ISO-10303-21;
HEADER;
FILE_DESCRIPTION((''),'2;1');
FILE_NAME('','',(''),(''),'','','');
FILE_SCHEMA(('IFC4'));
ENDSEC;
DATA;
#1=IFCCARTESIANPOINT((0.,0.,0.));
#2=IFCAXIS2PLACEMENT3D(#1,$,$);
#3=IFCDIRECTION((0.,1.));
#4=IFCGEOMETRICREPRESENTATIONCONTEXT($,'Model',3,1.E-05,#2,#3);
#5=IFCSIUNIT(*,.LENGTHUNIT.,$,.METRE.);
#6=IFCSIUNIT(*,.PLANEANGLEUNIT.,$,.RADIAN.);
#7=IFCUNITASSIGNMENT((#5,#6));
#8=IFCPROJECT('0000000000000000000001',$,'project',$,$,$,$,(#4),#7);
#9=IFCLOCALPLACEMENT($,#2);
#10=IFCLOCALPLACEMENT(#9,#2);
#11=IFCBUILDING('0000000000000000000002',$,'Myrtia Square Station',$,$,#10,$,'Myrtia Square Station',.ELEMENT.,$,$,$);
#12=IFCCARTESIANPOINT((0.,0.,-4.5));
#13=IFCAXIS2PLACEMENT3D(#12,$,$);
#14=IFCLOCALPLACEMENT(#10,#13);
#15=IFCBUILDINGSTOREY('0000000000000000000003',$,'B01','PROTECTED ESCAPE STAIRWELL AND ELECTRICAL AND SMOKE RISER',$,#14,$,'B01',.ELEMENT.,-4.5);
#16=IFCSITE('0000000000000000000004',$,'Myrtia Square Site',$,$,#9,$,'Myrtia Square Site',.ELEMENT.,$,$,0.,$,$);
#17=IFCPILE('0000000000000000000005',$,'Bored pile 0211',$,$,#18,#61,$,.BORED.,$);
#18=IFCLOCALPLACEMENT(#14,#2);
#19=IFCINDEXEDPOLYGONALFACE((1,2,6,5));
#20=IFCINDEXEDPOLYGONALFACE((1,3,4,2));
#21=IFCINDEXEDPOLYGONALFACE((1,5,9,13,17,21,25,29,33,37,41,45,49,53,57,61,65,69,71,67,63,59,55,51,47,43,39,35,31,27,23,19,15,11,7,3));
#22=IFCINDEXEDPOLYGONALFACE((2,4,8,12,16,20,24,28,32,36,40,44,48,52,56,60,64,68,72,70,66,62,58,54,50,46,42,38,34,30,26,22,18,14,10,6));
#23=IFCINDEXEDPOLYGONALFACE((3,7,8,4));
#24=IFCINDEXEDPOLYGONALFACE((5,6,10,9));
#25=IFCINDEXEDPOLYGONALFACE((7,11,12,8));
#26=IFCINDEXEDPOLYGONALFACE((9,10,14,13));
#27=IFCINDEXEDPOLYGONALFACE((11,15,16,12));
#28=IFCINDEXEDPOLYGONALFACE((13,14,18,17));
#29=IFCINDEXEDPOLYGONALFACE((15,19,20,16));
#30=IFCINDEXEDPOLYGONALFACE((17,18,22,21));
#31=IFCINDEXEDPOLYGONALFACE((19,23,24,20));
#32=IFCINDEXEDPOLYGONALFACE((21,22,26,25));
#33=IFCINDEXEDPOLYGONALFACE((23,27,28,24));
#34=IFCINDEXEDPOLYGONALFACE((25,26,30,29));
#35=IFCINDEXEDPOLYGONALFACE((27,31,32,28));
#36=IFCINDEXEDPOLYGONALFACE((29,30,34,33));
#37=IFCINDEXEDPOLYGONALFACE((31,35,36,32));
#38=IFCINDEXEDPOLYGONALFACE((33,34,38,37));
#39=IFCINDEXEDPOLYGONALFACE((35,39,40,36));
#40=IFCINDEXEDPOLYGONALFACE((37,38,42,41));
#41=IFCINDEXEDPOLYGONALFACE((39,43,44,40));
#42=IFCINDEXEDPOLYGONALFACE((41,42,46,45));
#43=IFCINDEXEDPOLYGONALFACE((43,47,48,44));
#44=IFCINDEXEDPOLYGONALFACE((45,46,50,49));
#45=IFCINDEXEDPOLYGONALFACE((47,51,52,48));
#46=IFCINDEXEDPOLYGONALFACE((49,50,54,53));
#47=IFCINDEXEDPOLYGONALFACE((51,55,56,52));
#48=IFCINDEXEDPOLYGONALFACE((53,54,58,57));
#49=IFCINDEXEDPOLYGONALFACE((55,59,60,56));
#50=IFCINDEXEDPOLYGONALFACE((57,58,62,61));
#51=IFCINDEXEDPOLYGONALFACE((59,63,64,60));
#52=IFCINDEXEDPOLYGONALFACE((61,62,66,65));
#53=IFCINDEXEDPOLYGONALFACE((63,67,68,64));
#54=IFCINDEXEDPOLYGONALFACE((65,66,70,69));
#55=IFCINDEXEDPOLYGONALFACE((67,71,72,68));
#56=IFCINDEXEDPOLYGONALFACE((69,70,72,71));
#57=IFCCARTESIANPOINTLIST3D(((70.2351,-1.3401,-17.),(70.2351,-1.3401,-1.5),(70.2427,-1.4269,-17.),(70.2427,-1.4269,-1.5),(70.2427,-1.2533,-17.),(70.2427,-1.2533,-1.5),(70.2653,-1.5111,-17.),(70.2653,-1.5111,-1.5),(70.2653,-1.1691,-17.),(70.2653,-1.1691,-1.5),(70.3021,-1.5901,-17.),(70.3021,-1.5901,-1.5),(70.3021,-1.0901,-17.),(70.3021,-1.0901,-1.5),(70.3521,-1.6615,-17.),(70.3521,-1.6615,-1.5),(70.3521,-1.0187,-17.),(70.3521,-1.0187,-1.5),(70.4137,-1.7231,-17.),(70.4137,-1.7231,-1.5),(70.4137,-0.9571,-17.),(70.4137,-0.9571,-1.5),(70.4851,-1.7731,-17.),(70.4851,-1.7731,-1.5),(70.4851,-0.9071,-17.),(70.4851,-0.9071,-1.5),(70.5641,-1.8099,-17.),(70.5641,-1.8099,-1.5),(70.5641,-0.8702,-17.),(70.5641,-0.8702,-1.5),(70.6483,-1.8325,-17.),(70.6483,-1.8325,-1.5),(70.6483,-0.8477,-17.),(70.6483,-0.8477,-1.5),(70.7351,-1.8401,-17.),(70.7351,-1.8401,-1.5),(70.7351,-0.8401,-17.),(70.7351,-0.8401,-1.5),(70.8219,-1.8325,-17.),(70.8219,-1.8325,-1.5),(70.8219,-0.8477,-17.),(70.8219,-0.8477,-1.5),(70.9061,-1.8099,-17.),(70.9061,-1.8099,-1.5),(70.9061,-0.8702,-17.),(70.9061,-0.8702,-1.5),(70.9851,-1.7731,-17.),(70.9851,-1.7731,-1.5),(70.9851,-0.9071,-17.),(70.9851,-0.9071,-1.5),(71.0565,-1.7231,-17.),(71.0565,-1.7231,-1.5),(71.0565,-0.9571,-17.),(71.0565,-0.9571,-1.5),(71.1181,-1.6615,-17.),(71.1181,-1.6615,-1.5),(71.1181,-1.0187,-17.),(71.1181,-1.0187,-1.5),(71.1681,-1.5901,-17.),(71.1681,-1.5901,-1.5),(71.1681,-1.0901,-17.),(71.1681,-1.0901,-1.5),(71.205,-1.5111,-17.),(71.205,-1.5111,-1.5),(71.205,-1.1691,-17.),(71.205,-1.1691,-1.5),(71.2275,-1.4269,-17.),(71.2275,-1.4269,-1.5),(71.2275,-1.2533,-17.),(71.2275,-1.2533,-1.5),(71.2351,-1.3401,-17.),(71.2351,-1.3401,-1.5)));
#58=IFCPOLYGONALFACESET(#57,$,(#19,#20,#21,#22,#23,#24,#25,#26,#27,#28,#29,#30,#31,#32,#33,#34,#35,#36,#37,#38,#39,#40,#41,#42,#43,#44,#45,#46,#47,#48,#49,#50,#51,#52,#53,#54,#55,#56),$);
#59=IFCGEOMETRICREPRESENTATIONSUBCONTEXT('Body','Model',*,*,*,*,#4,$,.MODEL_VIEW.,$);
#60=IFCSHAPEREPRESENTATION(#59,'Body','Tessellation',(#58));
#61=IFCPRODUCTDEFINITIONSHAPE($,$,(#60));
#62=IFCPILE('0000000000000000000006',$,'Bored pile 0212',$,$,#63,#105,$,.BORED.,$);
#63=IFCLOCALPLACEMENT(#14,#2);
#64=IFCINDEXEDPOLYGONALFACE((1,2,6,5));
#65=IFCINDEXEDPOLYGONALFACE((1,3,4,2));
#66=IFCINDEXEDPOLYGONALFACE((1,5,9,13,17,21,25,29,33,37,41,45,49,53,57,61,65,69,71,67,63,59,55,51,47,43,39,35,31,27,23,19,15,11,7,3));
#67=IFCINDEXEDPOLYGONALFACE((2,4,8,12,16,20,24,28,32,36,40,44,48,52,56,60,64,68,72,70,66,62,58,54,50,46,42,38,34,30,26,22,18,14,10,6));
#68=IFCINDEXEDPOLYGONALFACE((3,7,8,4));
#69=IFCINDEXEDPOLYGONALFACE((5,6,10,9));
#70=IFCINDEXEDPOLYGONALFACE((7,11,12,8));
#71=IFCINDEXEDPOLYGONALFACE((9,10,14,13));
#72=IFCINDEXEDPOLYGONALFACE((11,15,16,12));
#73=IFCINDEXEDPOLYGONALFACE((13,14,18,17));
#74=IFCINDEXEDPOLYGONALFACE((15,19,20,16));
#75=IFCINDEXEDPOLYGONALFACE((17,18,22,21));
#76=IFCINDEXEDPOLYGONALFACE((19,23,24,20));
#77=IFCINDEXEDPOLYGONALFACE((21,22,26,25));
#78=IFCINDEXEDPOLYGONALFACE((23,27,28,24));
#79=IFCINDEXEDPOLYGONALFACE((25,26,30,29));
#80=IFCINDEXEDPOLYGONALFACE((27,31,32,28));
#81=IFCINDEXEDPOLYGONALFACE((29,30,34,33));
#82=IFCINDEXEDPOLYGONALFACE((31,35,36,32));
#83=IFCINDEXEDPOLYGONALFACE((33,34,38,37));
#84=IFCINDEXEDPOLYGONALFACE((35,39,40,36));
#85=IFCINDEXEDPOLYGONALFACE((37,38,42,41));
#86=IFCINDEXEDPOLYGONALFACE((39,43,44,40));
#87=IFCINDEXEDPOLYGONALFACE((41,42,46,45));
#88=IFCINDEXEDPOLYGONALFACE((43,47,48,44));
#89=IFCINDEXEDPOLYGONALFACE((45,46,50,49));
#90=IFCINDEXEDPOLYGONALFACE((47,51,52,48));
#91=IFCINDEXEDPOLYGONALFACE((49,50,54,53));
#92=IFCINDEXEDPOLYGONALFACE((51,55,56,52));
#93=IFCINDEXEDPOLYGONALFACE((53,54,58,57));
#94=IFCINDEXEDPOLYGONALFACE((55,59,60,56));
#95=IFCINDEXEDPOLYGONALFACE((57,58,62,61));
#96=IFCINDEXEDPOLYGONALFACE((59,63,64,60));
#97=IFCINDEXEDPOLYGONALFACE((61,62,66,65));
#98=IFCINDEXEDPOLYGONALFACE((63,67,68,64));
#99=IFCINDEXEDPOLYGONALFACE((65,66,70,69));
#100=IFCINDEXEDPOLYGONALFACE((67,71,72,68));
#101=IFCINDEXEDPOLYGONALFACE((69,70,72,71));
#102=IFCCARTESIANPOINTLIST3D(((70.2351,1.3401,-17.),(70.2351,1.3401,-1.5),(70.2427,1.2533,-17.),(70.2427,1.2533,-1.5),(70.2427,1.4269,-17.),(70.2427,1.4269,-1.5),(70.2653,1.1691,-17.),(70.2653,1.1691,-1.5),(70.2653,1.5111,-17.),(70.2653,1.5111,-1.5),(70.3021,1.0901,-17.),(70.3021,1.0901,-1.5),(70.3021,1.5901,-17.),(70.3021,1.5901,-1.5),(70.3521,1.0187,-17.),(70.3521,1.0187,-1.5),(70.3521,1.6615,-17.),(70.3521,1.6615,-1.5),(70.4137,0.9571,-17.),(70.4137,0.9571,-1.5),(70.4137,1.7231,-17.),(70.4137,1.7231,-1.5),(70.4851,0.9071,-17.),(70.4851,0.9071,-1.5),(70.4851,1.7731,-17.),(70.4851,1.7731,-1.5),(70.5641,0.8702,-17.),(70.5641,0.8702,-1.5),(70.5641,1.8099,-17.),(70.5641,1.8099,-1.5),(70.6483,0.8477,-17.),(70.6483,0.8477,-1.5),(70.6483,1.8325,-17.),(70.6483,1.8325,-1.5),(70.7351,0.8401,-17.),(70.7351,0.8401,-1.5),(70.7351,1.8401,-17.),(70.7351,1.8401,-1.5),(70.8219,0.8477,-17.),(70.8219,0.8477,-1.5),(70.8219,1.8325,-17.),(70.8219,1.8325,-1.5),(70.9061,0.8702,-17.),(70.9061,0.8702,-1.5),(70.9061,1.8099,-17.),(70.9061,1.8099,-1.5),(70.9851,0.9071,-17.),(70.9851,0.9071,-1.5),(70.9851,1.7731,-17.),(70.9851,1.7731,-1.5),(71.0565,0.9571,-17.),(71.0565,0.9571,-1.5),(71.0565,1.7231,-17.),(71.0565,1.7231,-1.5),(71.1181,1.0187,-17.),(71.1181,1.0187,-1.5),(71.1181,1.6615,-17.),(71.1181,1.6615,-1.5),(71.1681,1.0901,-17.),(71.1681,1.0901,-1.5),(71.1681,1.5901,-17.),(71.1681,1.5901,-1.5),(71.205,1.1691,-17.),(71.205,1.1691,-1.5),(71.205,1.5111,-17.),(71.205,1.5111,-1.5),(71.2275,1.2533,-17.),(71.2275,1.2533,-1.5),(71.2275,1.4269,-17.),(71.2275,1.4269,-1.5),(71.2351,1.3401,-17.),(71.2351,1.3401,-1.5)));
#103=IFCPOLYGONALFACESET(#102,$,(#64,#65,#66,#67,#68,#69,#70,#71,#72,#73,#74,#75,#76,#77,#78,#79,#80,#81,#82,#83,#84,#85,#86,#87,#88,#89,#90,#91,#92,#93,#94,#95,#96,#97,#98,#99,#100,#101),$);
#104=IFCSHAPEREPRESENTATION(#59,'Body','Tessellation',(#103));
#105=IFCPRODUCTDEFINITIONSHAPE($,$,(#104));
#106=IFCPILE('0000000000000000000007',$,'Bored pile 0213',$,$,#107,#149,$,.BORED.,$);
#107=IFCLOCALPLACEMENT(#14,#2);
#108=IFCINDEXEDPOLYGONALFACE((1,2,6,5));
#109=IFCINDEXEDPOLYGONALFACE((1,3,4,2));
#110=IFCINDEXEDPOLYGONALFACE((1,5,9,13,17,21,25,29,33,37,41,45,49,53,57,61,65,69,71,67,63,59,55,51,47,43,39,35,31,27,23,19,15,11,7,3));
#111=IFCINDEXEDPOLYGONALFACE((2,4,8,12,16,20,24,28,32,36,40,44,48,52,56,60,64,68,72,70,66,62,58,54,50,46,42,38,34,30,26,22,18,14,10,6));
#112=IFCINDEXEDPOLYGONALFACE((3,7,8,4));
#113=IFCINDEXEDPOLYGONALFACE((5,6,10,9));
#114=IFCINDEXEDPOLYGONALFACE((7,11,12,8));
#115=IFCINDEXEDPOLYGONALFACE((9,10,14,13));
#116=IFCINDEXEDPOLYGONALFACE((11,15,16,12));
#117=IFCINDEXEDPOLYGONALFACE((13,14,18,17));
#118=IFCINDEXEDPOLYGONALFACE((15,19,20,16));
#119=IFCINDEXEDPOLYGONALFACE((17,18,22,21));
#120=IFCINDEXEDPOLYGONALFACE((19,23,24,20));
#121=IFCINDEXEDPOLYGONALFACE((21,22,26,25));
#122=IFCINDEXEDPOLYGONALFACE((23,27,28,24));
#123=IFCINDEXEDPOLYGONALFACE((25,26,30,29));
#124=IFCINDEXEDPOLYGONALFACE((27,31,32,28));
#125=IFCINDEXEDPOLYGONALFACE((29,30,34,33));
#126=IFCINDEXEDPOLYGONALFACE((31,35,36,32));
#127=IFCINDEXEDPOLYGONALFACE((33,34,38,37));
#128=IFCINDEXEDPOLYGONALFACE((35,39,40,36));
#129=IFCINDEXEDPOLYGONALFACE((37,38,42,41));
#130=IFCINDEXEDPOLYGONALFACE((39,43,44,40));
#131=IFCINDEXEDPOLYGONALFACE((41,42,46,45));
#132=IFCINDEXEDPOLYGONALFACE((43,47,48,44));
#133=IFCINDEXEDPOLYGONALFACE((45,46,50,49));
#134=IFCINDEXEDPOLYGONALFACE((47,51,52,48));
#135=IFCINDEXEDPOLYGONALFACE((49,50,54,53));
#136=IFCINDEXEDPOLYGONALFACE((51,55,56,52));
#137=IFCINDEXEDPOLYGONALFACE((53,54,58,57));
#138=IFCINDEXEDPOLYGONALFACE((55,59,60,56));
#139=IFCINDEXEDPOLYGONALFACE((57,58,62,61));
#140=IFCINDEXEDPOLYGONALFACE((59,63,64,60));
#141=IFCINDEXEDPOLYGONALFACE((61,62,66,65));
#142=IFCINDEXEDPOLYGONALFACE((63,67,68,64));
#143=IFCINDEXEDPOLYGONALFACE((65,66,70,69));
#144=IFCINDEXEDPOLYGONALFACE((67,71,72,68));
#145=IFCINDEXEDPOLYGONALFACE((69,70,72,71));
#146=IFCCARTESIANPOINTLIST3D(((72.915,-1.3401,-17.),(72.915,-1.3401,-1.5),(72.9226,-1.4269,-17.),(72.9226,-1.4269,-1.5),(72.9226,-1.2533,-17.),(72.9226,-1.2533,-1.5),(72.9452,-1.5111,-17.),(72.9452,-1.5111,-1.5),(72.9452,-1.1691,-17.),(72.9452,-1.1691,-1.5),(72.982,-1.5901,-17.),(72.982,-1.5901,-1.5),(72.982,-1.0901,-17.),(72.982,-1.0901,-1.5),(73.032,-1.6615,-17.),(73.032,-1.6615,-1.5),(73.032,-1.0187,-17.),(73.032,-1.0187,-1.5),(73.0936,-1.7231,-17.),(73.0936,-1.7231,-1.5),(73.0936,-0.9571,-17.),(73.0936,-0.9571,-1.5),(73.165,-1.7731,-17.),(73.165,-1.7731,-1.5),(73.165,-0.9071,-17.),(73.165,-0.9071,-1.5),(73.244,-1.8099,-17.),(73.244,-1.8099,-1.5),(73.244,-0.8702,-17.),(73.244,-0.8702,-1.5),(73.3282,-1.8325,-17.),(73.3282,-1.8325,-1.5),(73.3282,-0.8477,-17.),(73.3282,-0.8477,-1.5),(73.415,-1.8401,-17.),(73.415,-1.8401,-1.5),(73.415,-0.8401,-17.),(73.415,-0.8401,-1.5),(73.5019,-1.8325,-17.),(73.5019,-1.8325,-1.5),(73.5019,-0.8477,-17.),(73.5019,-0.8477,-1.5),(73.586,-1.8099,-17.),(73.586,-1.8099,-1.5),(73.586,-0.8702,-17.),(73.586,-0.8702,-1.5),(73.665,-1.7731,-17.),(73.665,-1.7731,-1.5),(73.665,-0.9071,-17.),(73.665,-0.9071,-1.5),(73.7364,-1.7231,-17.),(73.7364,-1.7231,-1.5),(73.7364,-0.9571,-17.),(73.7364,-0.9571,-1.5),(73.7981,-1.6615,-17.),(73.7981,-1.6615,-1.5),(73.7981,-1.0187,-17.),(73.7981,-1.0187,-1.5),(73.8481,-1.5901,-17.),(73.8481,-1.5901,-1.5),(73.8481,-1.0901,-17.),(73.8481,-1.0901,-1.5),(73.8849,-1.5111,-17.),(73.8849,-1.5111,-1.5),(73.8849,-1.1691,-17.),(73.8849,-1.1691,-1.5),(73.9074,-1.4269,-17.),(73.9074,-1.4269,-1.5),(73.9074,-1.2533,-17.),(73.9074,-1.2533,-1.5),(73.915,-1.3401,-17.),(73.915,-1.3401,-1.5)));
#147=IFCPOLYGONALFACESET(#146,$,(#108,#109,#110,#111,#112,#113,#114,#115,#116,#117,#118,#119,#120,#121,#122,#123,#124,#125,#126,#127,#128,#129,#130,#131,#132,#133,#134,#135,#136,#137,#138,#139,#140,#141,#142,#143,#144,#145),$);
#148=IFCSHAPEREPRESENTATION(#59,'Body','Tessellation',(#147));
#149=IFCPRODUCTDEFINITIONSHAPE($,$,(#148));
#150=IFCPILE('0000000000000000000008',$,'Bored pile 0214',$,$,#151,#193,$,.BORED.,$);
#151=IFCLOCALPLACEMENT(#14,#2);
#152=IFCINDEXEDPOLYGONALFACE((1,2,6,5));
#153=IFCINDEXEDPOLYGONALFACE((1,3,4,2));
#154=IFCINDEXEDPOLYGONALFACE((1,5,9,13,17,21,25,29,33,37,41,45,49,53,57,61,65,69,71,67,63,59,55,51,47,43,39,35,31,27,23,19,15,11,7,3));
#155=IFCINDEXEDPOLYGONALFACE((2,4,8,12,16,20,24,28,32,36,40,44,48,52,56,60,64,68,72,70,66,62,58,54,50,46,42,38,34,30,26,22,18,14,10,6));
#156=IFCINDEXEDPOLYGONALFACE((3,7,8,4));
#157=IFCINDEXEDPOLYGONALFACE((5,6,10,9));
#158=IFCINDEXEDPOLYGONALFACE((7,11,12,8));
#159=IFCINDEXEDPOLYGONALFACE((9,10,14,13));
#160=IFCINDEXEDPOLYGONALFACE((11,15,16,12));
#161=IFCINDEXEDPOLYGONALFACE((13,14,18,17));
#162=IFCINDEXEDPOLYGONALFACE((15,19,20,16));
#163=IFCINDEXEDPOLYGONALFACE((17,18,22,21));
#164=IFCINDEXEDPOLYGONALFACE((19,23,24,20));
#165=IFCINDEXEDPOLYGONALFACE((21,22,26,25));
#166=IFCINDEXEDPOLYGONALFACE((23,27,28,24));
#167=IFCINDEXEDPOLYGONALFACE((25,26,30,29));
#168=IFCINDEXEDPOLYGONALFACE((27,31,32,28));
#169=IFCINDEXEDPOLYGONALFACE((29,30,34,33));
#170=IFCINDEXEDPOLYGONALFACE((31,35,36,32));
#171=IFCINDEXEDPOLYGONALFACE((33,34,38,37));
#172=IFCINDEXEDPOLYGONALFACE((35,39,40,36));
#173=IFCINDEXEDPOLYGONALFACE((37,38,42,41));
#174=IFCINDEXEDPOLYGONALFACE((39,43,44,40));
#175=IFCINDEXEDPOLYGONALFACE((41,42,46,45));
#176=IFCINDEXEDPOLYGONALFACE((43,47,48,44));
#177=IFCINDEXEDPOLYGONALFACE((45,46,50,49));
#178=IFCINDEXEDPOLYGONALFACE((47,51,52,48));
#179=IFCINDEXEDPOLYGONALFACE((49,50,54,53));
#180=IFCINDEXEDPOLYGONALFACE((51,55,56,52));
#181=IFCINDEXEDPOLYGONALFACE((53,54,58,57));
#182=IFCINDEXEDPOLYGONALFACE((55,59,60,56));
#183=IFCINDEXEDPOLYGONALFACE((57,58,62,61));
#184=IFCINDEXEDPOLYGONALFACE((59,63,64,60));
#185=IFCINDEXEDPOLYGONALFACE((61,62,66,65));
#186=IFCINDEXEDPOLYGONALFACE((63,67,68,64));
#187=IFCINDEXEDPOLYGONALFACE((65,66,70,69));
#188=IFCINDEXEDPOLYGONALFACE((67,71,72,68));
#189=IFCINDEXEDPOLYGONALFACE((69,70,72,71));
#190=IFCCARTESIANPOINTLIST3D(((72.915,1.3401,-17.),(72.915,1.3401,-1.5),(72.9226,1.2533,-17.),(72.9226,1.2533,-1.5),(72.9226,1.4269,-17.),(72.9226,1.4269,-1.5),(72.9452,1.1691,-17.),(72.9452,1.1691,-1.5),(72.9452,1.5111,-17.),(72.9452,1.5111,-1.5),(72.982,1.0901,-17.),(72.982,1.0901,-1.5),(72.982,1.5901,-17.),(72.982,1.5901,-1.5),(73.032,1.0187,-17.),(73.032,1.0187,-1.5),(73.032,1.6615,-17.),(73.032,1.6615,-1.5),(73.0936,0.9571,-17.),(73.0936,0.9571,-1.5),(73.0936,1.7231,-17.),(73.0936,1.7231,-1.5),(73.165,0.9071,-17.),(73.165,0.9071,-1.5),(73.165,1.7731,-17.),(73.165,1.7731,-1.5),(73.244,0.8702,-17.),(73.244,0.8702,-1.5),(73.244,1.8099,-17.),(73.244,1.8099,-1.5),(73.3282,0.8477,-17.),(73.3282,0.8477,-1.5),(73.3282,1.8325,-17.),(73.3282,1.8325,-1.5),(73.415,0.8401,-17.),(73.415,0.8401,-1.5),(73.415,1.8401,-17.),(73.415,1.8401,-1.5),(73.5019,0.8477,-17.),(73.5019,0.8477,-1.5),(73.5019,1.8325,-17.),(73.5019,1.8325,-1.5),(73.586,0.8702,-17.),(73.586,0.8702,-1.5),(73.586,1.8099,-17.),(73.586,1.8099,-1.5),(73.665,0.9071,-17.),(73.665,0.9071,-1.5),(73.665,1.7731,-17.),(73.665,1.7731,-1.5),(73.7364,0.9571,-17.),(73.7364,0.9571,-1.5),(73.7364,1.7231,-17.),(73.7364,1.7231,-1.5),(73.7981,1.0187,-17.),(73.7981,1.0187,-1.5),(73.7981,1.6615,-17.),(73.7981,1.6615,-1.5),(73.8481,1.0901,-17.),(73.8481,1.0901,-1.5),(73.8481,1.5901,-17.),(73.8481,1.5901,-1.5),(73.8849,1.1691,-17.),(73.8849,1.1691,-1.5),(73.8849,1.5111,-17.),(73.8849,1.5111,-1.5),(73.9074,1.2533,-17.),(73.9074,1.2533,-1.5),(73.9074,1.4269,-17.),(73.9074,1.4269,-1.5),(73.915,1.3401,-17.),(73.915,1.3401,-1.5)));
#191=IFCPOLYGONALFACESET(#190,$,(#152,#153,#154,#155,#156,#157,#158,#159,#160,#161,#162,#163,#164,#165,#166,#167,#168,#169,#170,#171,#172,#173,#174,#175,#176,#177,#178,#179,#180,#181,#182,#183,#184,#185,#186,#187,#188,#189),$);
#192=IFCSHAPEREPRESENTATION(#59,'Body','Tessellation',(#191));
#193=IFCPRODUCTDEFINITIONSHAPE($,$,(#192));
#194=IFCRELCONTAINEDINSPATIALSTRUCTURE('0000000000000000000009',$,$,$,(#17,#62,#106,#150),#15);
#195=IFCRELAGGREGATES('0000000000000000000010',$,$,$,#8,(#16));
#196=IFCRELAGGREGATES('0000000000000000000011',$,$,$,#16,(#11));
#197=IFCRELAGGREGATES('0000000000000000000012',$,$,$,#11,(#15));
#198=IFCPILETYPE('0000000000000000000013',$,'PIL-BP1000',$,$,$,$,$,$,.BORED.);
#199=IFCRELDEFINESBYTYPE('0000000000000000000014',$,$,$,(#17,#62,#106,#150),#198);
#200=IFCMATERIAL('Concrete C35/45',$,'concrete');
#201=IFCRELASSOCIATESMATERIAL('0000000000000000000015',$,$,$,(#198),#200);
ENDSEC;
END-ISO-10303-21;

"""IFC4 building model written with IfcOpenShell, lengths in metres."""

from ifc_helpers import new_model, si_unit, direction, frame, origin, origin_2d, place, context, subcontext, project, spatial, circle, extrude, material, material_profile, profile_set, type_object, element, save


model = new_model("IFC4")

# Units and contexts
model_context = context("Model", 3, precision=1e-05, world=origin(), true_north=direction((0.0, 1.0)))
body_context = subcontext(model_context, "Body", "Model", "MODEL_VIEW")
ifc_project = project(units=[si_unit("LENGTHUNIT", "METRE"), si_unit("PLANEANGLEUNIT", "RADIAN")], contexts=[model_context])

# Site, building, storey
site_placement = place(None, origin())
site = spatial("IfcSite", under=ifc_project, at=site_placement, Name="Myrtia Square Site", LongName="Myrtia Square Site", CompositionType="ELEMENT", RefElevation=0.0)
building_placement = place(site_placement, origin())
building = spatial("IfcBuilding", under=site, at=building_placement, Name="Myrtia Square Station", LongName="Myrtia Square Station", CompositionType="ELEMENT")
storey_placement = place(building_placement, frame((0.0, 0.0, -4.5)))
storey = spatial("IfcBuildingStorey", under=building, at=storey_placement, Name="B01", Description="PROTECTED ESCAPE STAIRWELL AND ELECTRICAL AND SMOKE RISER", LongName="B01", CompositionType="ELEMENT", Elevation=-4.5)

# Shared definitions
ifc_material_1 = material(Name="Concrete C35/45", Category="concrete")

# Piles
ifc_material_profile_1 = material_profile(ifc_material_1, circle(Radius=0.5, at=origin_2d()), Name="BP D1000")
ifc_profile_set_1 = profile_set([ifc_material_profile_1], Name="Concrete C35/45")
pile_type_1 = type_object("IfcPileType", Name="PIL-BP1000", PredefinedType="BORED", material=ifc_profile_set_1)
for number, where, z_axis, x_axis, name in (
    (1, (70.7351, -1.3401, -1.5), (0.0, 0.0, -1.0), (1.0, 0.0, 0.0), "Bored pile 0211"),
    (2, (70.7351, 1.3401, -1.5), (0.0, 0.0, -1.0), (1.0, 0.0, 0.0), "Bored pile 0212"),
    (3, (73.415, -1.3401, -1.5), (0.0, 0.0, -1.0), (1.0, 0.0, 0.0), "Bored pile 0213"),
    (4, (73.415, 1.3401, -1.5), (0.0, 0.0, -1.0), (1.0, 0.0, 0.0), "Bored pile 0214"),
):
    element("IfcPile", number, at=place(storey_placement, frame(where, z_axis=z_axis, x_axis=x_axis)), inside=storey, type_object=pile_type_1, Name=name, PredefinedType="BORED", context=body_context, shape_type="SweptSolid", body=[
        extrude(circle(Radius=0.5, at=origin_2d()), origin(), (0.0, 0.0, 1.0), 15.5),
    ])

save(model, "model.ifc")
